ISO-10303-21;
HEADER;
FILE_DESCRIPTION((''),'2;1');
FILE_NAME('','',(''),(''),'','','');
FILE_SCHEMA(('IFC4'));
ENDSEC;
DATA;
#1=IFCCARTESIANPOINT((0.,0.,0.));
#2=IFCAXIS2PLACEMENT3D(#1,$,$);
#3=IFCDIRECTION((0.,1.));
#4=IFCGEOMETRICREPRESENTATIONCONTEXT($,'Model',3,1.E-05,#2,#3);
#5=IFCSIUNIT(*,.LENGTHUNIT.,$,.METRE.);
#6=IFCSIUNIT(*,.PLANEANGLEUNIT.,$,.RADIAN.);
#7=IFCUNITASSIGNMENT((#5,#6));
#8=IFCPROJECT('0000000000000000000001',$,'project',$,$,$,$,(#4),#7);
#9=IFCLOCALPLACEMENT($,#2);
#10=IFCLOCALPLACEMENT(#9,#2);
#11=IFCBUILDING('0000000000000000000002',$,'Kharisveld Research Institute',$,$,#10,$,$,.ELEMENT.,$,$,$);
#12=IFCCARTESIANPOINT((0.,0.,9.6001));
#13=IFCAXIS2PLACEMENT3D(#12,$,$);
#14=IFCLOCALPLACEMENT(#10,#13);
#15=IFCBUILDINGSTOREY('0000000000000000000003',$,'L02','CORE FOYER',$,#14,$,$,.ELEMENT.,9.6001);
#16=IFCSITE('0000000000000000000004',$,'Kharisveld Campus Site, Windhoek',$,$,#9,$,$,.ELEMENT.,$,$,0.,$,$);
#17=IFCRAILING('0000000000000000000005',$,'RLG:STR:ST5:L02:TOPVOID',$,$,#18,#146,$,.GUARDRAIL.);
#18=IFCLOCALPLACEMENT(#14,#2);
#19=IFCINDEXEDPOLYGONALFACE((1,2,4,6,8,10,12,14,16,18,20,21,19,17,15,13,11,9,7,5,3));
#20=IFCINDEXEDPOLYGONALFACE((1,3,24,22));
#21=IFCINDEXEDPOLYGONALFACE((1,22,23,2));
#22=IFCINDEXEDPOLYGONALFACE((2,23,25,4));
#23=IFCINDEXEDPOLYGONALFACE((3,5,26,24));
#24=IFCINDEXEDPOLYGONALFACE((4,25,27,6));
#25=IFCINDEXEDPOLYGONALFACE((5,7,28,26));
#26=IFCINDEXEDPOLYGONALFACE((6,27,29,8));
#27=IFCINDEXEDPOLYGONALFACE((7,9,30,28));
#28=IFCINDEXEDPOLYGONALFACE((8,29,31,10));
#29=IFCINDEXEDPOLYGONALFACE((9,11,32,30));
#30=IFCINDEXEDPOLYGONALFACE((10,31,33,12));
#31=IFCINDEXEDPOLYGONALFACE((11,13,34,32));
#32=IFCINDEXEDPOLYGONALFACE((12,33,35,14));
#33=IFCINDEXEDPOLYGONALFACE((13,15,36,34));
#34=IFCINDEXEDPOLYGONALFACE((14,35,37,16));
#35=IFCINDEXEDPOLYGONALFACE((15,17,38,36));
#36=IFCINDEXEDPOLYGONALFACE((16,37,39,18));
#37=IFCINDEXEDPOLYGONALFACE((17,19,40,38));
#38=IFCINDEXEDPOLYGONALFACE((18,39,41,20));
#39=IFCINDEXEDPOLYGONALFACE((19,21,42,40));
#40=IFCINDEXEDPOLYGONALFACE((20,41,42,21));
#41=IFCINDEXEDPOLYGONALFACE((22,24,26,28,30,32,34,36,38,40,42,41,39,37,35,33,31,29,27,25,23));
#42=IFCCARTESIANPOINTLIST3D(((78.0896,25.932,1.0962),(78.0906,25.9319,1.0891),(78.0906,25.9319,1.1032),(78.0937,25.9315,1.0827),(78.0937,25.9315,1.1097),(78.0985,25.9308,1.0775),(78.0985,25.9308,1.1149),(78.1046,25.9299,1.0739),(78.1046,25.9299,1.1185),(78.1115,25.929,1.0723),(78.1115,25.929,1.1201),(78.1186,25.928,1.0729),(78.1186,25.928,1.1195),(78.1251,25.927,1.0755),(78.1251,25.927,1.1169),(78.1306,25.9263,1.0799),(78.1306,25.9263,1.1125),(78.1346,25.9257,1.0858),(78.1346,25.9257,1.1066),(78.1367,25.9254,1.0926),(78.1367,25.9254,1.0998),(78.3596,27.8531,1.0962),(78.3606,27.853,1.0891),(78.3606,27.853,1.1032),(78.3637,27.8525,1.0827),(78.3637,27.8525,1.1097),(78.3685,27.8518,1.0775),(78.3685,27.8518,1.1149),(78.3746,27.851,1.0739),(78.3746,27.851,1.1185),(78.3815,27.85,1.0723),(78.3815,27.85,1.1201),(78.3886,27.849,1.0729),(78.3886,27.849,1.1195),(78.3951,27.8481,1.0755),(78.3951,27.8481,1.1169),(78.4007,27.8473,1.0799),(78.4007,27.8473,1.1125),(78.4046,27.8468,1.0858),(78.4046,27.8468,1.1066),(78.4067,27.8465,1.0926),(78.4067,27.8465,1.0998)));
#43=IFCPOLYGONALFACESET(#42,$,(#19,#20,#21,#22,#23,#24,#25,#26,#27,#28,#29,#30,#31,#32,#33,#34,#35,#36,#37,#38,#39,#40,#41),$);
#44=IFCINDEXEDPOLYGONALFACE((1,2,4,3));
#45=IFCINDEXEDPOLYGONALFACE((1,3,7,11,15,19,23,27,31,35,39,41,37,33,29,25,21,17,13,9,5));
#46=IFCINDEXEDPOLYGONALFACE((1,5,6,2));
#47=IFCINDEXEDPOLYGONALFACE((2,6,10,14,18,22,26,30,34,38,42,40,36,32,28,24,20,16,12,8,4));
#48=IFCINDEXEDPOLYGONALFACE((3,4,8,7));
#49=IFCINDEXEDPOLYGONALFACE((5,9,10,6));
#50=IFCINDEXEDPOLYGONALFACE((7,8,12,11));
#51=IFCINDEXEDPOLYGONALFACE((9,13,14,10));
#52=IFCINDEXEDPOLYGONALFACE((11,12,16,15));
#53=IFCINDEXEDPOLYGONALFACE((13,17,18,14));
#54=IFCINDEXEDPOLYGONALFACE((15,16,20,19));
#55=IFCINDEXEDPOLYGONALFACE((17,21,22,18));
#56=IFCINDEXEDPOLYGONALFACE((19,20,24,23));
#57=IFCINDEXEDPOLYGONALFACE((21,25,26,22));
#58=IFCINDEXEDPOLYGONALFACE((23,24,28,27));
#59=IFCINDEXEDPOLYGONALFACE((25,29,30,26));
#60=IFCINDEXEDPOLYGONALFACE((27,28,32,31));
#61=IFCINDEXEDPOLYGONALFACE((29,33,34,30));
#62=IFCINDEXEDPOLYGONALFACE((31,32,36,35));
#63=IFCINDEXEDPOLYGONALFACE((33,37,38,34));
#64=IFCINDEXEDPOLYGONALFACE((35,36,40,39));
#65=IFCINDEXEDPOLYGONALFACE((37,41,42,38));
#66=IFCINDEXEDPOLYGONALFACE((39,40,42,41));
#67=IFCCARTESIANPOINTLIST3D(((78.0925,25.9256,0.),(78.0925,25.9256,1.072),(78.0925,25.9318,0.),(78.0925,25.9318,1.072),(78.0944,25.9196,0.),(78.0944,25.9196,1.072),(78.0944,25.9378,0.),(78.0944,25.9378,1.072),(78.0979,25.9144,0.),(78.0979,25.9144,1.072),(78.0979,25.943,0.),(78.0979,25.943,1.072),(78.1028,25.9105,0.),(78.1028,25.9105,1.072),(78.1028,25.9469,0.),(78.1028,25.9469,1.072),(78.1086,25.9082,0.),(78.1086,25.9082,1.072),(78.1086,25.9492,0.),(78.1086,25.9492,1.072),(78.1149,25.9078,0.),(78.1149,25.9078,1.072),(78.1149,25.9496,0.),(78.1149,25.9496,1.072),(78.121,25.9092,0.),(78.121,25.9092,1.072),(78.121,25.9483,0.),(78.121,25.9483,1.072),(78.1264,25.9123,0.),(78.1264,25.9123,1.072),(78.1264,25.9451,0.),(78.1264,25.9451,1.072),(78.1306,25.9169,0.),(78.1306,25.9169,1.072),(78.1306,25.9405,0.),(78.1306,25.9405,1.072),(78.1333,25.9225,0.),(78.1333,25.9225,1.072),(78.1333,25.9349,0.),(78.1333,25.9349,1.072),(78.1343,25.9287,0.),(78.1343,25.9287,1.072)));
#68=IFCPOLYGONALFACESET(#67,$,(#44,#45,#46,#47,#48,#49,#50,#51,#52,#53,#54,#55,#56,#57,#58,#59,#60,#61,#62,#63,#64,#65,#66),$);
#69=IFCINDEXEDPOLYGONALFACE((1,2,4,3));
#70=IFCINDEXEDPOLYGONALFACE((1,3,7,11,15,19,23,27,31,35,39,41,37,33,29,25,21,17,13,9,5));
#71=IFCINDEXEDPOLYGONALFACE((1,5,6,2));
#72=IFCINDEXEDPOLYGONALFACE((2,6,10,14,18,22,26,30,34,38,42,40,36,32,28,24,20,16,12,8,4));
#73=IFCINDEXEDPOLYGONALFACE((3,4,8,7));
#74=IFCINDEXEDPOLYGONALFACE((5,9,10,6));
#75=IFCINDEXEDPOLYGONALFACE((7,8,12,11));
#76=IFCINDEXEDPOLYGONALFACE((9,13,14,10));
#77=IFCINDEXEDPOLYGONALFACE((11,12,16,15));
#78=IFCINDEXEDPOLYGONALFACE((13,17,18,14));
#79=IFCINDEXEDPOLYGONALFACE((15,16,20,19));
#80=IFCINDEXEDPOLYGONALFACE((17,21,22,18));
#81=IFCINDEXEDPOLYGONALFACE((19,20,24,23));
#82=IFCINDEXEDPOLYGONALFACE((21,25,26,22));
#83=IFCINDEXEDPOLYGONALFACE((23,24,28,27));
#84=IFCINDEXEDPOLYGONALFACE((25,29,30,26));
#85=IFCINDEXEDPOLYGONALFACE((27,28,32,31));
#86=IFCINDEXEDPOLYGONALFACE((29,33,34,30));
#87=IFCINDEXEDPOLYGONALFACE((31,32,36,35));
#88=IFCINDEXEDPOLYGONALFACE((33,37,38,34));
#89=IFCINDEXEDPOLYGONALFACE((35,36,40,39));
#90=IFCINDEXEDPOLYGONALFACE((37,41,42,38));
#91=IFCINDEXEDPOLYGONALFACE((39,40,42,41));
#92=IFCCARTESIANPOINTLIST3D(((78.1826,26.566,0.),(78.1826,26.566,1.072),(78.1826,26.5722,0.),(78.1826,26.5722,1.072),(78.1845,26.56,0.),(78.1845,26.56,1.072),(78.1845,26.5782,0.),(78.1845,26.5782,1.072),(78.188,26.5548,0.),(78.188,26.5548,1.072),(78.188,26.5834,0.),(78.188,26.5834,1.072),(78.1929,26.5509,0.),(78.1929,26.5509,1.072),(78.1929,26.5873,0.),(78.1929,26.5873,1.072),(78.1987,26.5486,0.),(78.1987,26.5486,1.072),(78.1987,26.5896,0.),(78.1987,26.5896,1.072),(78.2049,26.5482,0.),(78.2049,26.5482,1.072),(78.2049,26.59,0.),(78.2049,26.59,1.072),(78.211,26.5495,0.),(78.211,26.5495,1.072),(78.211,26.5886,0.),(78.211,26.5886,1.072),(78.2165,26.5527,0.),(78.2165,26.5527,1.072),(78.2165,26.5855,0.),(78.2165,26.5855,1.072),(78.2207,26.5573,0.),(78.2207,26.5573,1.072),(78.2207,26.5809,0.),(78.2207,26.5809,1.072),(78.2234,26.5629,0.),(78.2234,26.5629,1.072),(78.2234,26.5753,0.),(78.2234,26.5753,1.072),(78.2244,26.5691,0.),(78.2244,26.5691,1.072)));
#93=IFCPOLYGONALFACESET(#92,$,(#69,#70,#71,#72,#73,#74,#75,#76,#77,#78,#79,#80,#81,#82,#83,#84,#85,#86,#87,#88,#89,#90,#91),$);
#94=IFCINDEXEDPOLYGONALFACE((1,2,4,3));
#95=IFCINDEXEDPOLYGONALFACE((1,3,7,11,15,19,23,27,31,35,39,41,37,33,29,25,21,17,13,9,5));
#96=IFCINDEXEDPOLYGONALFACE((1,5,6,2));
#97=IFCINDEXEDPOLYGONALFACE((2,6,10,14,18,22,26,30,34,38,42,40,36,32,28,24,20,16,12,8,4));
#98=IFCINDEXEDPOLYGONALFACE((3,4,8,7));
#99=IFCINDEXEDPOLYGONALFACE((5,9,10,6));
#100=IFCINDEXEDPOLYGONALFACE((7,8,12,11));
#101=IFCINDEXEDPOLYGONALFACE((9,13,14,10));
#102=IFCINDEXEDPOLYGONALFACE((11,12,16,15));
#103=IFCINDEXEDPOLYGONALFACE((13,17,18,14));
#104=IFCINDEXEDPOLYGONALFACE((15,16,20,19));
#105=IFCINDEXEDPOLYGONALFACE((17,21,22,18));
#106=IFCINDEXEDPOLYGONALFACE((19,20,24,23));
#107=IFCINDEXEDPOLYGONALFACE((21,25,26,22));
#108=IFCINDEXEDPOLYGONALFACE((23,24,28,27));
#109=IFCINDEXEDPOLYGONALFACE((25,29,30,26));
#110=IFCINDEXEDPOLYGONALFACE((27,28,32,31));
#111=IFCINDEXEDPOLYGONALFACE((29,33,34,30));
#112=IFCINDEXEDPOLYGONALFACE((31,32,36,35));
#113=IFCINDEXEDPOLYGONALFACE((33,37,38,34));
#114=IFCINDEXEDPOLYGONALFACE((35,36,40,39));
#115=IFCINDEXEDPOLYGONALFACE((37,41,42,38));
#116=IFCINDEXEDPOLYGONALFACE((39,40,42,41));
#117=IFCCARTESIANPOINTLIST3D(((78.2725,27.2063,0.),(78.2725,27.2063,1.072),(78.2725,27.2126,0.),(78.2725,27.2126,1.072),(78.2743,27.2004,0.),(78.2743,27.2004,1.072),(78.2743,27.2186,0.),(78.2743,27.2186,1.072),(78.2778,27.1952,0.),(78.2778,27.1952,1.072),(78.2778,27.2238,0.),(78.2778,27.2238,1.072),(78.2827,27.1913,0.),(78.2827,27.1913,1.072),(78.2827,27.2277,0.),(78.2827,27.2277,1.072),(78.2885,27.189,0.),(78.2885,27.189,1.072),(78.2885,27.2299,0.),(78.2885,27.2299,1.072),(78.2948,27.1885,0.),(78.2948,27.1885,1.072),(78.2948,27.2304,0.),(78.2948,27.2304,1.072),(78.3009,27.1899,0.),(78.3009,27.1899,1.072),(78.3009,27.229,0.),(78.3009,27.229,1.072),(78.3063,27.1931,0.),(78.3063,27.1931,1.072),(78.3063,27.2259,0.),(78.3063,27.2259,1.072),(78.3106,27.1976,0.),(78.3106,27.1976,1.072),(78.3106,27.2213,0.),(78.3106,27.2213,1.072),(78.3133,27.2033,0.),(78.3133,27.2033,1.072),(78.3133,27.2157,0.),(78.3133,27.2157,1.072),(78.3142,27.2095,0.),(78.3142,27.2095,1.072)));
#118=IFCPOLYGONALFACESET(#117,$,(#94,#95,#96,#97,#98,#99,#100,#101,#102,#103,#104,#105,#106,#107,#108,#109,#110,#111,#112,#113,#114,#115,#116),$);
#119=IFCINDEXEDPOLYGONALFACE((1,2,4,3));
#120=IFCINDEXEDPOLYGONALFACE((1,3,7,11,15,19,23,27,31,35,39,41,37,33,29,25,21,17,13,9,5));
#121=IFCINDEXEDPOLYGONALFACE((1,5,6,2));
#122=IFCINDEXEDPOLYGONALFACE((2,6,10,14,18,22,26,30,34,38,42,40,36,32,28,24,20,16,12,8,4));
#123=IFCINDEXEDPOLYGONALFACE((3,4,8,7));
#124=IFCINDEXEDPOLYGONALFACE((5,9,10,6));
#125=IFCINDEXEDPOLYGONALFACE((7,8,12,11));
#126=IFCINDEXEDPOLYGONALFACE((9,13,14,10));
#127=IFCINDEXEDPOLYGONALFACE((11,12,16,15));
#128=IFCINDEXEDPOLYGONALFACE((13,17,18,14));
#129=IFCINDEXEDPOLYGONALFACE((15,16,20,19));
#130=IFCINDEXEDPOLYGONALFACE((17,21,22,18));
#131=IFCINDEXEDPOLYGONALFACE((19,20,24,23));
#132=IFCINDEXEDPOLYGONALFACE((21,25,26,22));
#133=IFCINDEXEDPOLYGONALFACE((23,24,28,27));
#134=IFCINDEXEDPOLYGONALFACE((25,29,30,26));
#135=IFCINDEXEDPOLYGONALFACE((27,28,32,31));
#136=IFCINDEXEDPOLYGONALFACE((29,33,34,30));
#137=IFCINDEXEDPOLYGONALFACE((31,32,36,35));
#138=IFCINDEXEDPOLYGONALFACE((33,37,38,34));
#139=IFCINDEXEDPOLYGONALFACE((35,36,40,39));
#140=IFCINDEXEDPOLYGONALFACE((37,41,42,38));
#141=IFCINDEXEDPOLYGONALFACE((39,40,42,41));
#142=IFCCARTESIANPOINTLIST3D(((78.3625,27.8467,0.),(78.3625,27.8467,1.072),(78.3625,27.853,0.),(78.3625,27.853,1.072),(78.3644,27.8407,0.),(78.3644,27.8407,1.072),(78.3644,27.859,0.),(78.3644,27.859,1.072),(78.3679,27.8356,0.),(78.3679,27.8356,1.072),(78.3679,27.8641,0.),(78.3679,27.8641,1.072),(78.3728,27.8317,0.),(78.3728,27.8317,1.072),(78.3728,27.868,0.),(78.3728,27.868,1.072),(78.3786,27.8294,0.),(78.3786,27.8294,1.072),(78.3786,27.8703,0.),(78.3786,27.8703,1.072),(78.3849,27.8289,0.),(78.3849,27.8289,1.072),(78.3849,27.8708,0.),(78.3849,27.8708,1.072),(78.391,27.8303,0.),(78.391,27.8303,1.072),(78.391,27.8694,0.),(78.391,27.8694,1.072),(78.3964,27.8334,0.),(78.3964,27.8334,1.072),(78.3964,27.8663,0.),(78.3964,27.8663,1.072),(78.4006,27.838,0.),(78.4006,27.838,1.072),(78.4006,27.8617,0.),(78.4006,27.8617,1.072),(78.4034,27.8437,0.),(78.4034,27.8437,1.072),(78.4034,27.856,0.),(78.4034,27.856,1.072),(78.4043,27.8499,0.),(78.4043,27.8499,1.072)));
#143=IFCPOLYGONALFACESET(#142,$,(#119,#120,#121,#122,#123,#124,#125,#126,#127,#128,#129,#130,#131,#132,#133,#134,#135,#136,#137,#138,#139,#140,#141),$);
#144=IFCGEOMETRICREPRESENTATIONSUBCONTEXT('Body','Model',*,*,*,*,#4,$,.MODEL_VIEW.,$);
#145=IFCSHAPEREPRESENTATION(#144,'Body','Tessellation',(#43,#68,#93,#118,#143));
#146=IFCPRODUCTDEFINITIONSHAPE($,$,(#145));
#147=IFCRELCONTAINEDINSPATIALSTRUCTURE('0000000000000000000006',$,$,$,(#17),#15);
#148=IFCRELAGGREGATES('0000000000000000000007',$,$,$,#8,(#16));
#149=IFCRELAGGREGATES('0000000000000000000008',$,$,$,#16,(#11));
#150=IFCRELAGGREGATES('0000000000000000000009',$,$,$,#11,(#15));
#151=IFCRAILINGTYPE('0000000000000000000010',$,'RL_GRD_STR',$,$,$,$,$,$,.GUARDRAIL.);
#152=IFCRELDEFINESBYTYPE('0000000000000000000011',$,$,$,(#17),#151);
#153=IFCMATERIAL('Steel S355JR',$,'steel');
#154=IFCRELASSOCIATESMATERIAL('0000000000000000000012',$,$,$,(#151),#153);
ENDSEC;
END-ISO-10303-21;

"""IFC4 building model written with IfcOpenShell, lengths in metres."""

from ifc_helpers import new_model, si_unit, direction, frame, origin, origin_2d, place, context, subcontext, project, spatial, circle, extrude, material, type_object, element, save


model = new_model("IFC4")

# Units and contexts
model_context = context("Model", 3, precision=1e-05, world=origin(), true_north=direction((0.0, 1.0)))
body_context = subcontext(model_context, "Body", "Model", "MODEL_VIEW")
ifc_project = project(units=[si_unit("LENGTHUNIT", "METRE"), si_unit("PLANEANGLEUNIT", "RADIAN")], contexts=[model_context])

# Site, building, storey
site_placement = place(None, origin())
site = spatial("IfcSite", under=ifc_project, at=site_placement, Name="Kharisveld Campus Site, Windhoek", CompositionType="ELEMENT", RefElevation=0.0)
building_placement = place(site_placement, origin())
building = spatial("IfcBuilding", under=site, at=building_placement, Name="Kharisveld Research Institute", CompositionType="ELEMENT")
storey_placement = place(building_placement, frame((0.0, 0.0, 9.6001)))
storey = spatial("IfcBuildingStorey", under=building, at=storey_placement, Name="L02", Description="CORE FOYER", CompositionType="ELEMENT", Elevation=9.6001)

# Railing
ifc_material_1 = material(Name="Steel S355JR", Category="steel")
railing_type = type_object("IfcRailingType", Name="RL_GRD_STR", PredefinedType="GUARDRAIL", material=ifc_material_1)
railing_placement = place(storey_placement, frame((78.1133, 25.9287, 0.0)))
element("IfcRailing", 1, at=railing_placement, inside=storey, type_object=railing_type, Name="RLG:STR:ST5:L02:TOPVOID", PredefinedType="GUARDRAIL", context=body_context, shape_type="SweptSolid", body=[
    extrude(circle(Radius=0.0239, at=origin_2d()), frame((0.0, 0.0, 1.0962), z_axis=(0.139183, 0.990267, 0.0), x_axis=(-0.990267, 0.139183, 0.0)), (0.0, 0.0, 1.0), 1.9399),
    extrude(circle(Radius=0.021, at=origin_2d()), origin(), (0.0, 0.0, 1.0), 1.072),
    extrude(circle(Radius=0.021, at=origin_2d()), frame((0.0901, 0.6404, 0.0)), (0.0, 0.0, 1.0), 1.072),
    extrude(circle(Radius=0.021, at=origin_2d()), frame((0.1799, 1.2808, 0.0)), (0.0, 0.0, 1.0), 1.072),
    extrude(circle(Radius=0.021, at=origin_2d()), frame((0.27, 1.9211, 0.0)), (0.0, 0.0, 1.0), 1.072),
])

save(model, "model.ifc")
